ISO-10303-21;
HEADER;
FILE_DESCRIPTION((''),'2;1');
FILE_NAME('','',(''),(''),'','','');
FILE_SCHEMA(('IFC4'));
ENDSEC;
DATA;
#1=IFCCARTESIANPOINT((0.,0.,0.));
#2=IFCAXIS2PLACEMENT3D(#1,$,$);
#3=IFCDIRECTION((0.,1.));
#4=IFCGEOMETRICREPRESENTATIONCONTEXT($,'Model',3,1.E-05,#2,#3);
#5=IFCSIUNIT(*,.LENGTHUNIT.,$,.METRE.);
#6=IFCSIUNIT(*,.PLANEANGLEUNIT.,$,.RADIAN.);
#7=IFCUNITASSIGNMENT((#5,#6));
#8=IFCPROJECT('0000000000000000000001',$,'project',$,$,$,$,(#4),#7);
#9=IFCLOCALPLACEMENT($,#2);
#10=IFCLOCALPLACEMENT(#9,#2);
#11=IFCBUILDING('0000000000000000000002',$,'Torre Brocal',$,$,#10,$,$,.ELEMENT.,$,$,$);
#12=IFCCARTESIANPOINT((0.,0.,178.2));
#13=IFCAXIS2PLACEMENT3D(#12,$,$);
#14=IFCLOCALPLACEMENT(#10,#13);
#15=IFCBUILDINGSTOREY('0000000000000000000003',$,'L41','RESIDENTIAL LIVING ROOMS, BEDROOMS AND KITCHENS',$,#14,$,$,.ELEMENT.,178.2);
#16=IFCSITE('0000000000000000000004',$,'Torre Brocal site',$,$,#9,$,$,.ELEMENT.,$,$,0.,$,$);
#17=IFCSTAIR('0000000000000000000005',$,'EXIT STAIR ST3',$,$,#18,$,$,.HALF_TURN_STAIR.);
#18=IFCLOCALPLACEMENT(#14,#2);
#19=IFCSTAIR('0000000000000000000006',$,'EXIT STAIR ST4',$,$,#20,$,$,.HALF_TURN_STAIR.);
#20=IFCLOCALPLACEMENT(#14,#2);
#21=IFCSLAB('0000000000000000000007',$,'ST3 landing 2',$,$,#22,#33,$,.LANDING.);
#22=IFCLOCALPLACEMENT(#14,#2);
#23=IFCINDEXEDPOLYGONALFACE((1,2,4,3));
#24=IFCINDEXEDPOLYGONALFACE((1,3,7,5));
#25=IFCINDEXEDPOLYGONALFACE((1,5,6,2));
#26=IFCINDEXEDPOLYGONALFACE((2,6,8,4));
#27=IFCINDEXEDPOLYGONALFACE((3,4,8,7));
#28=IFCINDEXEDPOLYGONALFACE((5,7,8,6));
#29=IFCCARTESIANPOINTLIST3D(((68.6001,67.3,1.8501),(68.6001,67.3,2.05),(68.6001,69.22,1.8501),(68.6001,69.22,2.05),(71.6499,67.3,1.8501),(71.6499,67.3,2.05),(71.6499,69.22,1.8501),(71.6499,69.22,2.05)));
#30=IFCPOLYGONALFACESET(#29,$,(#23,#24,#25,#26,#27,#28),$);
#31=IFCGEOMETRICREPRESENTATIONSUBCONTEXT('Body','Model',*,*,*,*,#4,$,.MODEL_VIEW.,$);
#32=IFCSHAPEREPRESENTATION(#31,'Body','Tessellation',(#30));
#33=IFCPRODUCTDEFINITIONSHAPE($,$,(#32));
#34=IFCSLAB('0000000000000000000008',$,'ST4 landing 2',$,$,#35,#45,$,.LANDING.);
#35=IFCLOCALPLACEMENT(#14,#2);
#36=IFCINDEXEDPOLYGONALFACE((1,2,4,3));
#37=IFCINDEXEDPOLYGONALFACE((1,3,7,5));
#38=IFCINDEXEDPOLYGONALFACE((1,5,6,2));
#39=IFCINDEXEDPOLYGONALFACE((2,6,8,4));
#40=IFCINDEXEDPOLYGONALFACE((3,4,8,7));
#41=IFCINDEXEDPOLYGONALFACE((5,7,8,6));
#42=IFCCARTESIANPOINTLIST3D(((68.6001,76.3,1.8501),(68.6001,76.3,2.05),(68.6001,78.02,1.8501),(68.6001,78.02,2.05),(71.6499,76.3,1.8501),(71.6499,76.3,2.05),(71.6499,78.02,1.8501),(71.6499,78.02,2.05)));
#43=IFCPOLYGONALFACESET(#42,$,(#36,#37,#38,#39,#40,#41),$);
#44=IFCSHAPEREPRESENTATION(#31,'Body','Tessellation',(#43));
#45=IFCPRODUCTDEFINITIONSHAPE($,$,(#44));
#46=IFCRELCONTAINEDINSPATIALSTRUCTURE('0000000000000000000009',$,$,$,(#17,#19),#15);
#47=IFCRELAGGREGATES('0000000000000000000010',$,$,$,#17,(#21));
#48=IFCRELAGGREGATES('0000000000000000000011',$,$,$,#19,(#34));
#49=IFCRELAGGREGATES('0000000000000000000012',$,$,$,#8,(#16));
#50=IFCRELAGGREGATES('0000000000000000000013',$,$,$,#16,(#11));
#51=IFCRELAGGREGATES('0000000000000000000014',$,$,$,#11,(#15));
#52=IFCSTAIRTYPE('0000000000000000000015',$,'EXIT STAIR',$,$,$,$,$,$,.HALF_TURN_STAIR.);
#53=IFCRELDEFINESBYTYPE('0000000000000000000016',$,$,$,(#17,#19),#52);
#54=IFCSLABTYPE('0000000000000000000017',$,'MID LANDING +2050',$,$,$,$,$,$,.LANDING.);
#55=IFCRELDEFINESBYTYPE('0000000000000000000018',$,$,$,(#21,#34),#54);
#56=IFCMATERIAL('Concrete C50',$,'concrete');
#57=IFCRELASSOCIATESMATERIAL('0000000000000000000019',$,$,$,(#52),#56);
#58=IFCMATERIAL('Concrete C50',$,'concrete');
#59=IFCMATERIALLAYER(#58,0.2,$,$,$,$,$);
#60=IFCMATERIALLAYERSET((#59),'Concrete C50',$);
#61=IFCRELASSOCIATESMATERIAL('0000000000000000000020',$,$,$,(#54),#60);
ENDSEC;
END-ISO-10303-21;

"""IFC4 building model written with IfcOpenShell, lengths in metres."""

from ifc_helpers import new_model, si_unit, direction, frame, origin, place, context, subcontext, project, spatial, polyline, outline, extrude, material, layer, layer_set, type_object, element, aggregate, save


model = new_model("IFC4")

# Units and contexts
model_context = context("Model", 3, precision=1e-05, world=origin(), true_north=direction((0.0, 1.0)))
body_context = subcontext(model_context, "Body", "Model", "MODEL_VIEW")
ifc_project = project(units=[si_unit("LENGTHUNIT", "METRE"), si_unit("PLANEANGLEUNIT", "RADIAN")], contexts=[model_context])

# Site, building, storey
site_placement = place(None, origin())
site = spatial("IfcSite", under=ifc_project, at=site_placement, Name="Torre Brocal site", CompositionType="ELEMENT", RefElevation=0.0)
building_placement = place(site_placement, origin())
building = spatial("IfcBuilding", under=site, at=building_placement, Name="Torre Brocal", CompositionType="ELEMENT")
storey_placement = place(building_placement, frame((0.0, 0.0, 178.2)))
storey = spatial("IfcBuildingStorey", under=building, at=storey_placement, Name="L41", Description="RESIDENTIAL LIVING ROOMS, BEDROOMS AND KITCHENS", CompositionType="ELEMENT", Elevation=178.2)

# Stairs
ifc_material_1 = material(Name="Concrete C50", Category="concrete")
stair_type = type_object("IfcStairType", Name="EXIT STAIR", PredefinedType="HALF_TURN_STAIR", material=ifc_material_1)
stair_1_placement = place(storey_placement, origin())
stair_1 = element("IfcStair", 1, at=stair_1_placement, inside=storey, type_object=stair_type, Name="EXIT STAIR ST3", PredefinedType="HALF_TURN_STAIR")
stair_2_placement = place(storey_placement, origin())
stair_2 = element("IfcStair", 2, at=stair_2_placement, inside=storey, type_object=stair_type, Name="EXIT STAIR ST4", PredefinedType="HALF_TURN_STAIR")

# Slabs
ifc_material_2 = material(Name="Concrete C50", Category="concrete")
ifc_layer_1 = layer(ifc_material_2, 0.2)
ifc_layer_set_1 = layer_set([ifc_layer_1], Name="Concrete C50")
slab_type_1 = type_object("IfcSlabType", Name="MID LANDING +2050", PredefinedType="LANDING", material=ifc_layer_set_1)
slab_1_placement = place(storey_placement, frame((0.0, 0.0, 1.8501)))
slab_1 = element("IfcSlab", 3, at=slab_1_placement, type_object=slab_type_1, Name="ST3 landing 2", PredefinedType="LANDING", context=body_context, shape_type="SweptSolid", body=[
    extrude(outline(polyline([(71.6499, 69.22), (68.6001, 69.22), (68.6001, 67.3), (71.6499, 67.3), (71.6499, 69.22)])), origin(), (0.0, 0.0, 1.0), 0.2),
])
aggregate(stair_1, [slab_1])
slab_2_placement = place(storey_placement, frame((0.0, 0.0, 1.8501)))
slab_2 = element("IfcSlab", 4, at=slab_2_placement, type_object=slab_type_1, Name="ST4 landing 2", PredefinedType="LANDING", context=body_context, shape_type="SweptSolid", body=[
    extrude(outline(polyline([(71.6499, 78.02), (68.6001, 78.02), (68.6001, 76.3), (71.6499, 76.3), (71.6499, 78.02)])), origin(), (0.0, 0.0, 1.0), 0.2),
])
aggregate(stair_2, [slab_2])

save(model, "model.ifc")
